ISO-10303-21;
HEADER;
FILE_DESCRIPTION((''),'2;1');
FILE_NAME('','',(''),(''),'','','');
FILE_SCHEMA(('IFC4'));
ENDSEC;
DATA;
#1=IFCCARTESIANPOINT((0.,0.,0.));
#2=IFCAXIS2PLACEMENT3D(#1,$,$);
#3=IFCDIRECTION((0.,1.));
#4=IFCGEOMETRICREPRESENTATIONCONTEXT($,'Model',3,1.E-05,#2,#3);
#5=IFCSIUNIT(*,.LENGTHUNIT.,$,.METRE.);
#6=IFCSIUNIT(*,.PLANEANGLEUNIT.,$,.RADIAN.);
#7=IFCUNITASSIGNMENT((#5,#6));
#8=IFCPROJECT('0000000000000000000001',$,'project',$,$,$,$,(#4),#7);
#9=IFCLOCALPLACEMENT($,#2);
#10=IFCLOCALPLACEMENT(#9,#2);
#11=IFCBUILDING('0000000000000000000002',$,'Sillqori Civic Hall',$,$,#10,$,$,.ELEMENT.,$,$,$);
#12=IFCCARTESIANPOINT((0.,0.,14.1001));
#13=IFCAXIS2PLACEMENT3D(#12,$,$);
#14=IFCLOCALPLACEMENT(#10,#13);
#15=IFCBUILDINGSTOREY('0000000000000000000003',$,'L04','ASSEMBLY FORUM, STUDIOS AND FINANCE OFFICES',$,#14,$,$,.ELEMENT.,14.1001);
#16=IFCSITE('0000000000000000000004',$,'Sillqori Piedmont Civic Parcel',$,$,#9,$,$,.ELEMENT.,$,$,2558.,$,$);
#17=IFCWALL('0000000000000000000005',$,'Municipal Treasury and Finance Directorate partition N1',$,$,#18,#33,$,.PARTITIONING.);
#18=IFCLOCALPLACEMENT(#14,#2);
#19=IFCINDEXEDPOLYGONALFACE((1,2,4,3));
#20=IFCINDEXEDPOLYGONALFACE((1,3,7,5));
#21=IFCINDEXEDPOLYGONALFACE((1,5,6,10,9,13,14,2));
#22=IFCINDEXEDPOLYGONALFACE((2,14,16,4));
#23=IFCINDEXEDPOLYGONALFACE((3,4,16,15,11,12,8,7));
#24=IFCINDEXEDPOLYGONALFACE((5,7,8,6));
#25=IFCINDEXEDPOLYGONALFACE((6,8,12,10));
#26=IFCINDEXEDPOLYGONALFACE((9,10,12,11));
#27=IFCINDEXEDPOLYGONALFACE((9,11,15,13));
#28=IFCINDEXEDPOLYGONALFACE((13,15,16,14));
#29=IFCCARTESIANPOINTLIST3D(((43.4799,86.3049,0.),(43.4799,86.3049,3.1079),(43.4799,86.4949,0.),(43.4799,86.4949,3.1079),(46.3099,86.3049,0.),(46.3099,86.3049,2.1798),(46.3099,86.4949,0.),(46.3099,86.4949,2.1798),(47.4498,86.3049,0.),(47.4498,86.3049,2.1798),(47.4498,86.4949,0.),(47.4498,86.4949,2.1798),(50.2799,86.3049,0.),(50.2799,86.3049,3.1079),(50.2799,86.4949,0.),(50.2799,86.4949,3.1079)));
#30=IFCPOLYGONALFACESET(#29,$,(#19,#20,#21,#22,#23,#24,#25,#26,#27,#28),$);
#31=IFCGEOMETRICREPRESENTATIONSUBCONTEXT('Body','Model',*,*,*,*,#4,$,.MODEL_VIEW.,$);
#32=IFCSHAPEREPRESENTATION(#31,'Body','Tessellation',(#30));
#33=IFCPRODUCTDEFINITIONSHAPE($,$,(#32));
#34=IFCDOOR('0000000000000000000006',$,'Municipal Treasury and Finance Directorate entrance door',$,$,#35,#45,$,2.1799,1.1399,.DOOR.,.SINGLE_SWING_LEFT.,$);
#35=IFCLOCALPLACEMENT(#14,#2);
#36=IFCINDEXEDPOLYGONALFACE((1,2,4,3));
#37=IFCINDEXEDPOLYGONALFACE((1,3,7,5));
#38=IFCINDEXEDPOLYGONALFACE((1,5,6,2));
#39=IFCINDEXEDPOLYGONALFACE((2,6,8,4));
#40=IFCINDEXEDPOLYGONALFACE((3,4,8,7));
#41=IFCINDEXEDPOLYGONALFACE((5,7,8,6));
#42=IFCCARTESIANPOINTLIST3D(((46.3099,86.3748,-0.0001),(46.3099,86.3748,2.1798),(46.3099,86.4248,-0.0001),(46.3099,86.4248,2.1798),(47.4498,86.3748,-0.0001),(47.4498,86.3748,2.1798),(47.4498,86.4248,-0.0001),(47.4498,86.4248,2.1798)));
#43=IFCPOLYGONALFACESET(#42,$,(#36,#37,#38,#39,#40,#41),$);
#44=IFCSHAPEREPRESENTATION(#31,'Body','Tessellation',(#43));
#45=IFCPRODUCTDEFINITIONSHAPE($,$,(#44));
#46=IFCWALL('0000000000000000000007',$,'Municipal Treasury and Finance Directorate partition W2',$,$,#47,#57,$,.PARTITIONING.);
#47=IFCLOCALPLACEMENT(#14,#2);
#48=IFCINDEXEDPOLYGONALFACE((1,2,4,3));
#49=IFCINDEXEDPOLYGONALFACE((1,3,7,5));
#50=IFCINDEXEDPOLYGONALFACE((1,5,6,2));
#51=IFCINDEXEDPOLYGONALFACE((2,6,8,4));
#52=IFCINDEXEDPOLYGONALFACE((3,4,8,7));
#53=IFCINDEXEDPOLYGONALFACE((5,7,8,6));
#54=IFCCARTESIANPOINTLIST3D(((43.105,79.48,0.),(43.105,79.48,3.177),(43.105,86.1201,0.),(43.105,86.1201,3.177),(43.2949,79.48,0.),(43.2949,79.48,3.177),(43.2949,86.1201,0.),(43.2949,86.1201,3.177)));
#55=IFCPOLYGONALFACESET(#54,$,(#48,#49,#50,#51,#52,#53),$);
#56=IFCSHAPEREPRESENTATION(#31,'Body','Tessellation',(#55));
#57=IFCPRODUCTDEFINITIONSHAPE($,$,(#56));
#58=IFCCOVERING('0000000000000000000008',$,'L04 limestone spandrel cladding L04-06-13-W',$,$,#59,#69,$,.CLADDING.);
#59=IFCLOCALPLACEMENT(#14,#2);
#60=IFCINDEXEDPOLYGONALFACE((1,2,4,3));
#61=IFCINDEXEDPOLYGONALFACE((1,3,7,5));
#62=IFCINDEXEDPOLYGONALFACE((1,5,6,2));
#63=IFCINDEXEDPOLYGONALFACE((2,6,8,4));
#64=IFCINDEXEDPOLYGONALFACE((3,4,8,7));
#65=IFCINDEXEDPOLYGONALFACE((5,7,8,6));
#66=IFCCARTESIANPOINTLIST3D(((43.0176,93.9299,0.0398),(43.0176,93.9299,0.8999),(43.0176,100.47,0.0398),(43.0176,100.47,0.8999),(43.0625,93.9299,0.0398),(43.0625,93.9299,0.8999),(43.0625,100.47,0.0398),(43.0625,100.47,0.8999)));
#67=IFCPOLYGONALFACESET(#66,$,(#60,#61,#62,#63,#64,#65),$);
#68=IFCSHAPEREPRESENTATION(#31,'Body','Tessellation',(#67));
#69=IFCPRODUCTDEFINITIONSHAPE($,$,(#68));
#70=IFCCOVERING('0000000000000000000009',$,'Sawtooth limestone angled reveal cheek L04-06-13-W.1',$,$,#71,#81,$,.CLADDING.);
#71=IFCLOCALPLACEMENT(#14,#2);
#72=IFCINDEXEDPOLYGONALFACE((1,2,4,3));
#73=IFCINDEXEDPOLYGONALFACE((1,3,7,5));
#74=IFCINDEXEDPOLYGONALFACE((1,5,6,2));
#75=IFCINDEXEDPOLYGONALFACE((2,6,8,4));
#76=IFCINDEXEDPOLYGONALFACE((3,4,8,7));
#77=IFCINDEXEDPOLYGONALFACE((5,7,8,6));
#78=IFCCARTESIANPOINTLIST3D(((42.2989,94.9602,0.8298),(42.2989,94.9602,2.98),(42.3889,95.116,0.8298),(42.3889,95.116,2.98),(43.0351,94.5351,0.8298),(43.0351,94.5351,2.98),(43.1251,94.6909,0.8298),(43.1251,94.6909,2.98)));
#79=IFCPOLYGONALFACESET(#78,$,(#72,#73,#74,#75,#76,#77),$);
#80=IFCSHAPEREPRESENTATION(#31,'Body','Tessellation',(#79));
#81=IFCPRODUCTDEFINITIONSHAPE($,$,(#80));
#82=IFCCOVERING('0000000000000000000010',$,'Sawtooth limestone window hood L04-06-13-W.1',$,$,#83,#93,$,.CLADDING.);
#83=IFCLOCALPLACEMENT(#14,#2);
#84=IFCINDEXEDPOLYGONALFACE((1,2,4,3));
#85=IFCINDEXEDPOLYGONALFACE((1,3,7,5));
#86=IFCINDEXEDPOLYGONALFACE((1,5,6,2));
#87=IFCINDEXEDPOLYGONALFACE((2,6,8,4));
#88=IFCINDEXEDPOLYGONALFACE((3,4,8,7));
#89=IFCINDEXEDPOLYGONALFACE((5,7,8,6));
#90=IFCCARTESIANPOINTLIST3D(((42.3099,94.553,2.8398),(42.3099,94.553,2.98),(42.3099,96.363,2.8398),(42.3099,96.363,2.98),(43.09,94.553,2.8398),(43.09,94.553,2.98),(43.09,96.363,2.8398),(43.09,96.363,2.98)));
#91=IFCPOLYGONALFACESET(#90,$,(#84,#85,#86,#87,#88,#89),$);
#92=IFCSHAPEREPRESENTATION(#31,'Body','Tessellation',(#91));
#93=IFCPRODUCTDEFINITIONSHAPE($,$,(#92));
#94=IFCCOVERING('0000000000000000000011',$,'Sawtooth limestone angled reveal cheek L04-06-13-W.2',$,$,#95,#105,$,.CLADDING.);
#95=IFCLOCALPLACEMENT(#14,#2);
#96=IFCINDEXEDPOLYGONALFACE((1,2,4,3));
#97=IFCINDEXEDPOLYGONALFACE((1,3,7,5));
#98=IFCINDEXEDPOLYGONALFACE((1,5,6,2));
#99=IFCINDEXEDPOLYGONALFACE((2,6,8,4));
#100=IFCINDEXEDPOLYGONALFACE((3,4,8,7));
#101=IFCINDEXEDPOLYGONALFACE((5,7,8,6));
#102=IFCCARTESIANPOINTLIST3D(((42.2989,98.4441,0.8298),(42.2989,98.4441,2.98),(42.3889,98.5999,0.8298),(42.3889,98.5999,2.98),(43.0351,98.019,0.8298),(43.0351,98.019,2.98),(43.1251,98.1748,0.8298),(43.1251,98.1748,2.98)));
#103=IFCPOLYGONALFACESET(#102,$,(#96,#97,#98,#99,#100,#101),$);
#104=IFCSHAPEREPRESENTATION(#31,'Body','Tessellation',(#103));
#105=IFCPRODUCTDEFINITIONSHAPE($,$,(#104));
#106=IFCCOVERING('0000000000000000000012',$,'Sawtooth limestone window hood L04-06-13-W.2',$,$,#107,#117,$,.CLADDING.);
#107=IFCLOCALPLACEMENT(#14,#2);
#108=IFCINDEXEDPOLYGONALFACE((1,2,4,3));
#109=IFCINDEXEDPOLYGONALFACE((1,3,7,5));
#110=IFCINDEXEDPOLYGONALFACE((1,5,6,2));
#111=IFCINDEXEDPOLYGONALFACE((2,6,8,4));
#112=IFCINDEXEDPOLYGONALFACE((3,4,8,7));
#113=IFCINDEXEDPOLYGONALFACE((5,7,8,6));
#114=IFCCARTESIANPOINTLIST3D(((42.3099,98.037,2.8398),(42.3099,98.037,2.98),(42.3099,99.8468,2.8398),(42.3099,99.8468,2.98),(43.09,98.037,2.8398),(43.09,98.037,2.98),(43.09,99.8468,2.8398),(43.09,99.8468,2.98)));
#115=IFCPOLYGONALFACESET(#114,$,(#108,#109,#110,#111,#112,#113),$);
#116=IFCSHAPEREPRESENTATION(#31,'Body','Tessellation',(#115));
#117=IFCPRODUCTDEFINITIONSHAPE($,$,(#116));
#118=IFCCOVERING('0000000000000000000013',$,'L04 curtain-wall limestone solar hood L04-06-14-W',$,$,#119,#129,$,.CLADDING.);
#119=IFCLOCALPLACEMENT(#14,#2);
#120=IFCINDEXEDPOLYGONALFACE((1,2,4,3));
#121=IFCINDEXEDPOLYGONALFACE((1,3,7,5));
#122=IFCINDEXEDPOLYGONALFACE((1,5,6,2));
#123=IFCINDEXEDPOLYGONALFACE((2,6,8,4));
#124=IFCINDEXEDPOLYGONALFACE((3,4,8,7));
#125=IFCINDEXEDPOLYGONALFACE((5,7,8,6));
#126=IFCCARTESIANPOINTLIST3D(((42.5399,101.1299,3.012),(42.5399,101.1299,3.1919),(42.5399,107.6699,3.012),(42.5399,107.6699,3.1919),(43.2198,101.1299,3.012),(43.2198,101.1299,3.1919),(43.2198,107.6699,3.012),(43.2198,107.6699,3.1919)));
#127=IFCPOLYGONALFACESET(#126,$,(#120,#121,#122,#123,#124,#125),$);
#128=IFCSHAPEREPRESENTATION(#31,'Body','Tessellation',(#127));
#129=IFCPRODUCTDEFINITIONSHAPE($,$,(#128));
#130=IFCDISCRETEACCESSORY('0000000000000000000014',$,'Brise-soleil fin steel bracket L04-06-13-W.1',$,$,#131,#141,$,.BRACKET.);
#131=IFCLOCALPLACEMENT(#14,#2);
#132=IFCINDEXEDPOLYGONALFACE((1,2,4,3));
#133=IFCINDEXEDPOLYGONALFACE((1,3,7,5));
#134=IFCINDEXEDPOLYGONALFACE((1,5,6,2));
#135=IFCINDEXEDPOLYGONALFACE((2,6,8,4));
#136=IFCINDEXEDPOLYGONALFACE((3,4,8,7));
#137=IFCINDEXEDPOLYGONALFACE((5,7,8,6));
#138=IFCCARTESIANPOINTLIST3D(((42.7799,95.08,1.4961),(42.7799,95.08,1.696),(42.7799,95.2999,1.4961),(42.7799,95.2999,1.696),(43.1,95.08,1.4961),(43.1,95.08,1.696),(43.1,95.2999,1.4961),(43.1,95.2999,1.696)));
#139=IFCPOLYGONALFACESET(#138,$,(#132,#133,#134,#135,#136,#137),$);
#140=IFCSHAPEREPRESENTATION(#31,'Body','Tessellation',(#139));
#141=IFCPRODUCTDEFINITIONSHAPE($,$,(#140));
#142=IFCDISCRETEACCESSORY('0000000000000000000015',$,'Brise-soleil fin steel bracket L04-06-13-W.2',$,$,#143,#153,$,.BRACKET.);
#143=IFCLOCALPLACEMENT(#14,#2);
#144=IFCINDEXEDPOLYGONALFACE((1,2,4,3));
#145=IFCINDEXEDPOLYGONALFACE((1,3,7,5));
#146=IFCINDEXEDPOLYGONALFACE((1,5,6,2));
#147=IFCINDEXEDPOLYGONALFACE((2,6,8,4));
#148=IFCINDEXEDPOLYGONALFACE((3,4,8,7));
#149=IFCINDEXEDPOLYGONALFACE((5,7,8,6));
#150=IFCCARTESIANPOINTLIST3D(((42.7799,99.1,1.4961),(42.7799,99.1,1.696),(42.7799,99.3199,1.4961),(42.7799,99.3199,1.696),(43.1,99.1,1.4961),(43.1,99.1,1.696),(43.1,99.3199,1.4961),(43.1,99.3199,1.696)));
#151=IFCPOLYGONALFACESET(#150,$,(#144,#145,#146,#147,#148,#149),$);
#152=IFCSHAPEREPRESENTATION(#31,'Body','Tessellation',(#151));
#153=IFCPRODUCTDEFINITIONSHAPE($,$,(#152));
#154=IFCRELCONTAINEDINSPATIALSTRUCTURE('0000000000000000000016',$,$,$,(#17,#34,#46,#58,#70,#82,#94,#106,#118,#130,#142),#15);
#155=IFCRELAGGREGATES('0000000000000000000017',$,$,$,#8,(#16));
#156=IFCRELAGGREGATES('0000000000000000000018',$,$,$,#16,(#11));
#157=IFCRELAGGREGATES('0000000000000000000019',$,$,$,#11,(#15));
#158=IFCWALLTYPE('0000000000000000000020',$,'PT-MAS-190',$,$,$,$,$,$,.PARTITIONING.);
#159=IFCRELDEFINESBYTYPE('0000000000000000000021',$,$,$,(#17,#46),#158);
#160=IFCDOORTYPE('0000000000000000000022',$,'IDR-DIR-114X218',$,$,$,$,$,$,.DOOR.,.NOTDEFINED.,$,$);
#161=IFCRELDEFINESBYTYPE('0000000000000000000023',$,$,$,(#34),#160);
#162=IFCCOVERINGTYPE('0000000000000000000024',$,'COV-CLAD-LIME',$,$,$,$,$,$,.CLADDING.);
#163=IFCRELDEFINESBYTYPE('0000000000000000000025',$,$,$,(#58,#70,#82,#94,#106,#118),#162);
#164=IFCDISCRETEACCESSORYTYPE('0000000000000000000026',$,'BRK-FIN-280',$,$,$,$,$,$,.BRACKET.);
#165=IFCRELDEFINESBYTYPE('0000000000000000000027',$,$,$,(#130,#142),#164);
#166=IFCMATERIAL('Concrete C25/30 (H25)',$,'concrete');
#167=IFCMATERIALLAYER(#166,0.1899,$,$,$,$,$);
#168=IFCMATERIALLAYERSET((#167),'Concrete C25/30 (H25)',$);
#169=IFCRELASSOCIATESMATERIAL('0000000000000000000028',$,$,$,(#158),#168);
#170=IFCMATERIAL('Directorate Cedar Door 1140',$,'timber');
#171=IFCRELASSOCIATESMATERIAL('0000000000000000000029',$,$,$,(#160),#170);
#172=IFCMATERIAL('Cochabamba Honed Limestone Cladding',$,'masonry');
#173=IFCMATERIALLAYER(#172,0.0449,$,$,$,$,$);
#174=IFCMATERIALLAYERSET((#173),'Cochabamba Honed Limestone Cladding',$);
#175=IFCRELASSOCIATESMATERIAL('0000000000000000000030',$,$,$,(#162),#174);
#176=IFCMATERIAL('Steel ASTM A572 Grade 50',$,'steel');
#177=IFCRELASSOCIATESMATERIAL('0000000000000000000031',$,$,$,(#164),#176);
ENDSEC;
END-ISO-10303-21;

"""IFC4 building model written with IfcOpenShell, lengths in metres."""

from ifc_helpers import new_model, si_unit, direction, frame, frame_2d, origin, origin_2d, place, context, subcontext, project, spatial, rectangle, extrude, material, layer, layer_set, type_object, element, fill, save


model = new_model("IFC4")

# Units and contexts
model_context = context("Model", 3, precision=1e-05, world=origin(), true_north=direction((0.0, 1.0)))
body_context = subcontext(model_context, "Body", "Model", "MODEL_VIEW")
ifc_project = project(units=[si_unit("LENGTHUNIT", "METRE"), si_unit("PLANEANGLEUNIT", "RADIAN")], contexts=[model_context])

# Site, building, storey
site_placement = place(None, origin())
site = spatial("IfcSite", under=ifc_project, at=site_placement, Name="Sillqori Piedmont Civic Parcel", CompositionType="ELEMENT", RefElevation=2558.0)
building_placement = place(site_placement, origin())
building = spatial("IfcBuilding", under=site, at=building_placement, Name="Sillqori Civic Hall", CompositionType="ELEMENT")
storey_placement = place(building_placement, frame((0.0, 0.0, 14.1001)))
storey = spatial("IfcBuildingStorey", under=building, at=storey_placement, Name="L04", Description="ASSEMBLY FORUM, STUDIOS AND FINANCE OFFICES", CompositionType="ELEMENT", Elevation=14.1001)

# Wall, opening, door
ifc_material_1 = material(Name="Concrete C25/30 (H25)", Category="concrete")
ifc_layer_1 = layer(ifc_material_1, 0.1899)
ifc_layer_set_1 = layer_set([ifc_layer_1], Name="Concrete C25/30 (H25)")
wall_type_1 = type_object("IfcWallType", Name="PT-MAS-190", PredefinedType="PARTITIONING", material=ifc_layer_set_1)
wall_1_placement = place(storey_placement, frame((43.48, 86.3999, 0.0), z_axis=(0.0, 0.0, 1.0), x_axis=(1.0, 0.0, 0.0)))
wall_1 = element("IfcWall", 1, at=wall_1_placement, inside=storey, type_object=wall_type_1, Name="Municipal Treasury and Finance Directorate partition N1", PredefinedType="PARTITIONING", context=body_context, shape_type="SweptSolid", body=[
    extrude(rectangle(XDim=6.8, YDim=0.1899, at=frame_2d((3.3999, 0.0))), origin(), (0.0, 0.0, 1.0), 3.1079),
])
opening_1_placement = place(wall_1_placement, frame((2.8301, 0.0, 0.0)))
opening_1 = element("IfcOpeningElement", 2, at=opening_1_placement, cuts=wall_1, PredefinedType="OPENING", context=body_context, shape_type="SweptSolid", body=[
    extrude(rectangle(XDim=1.1399, YDim=2.1799, at=frame_2d((0.5698, 1.0898))), frame((0.0, 0.105, 0.0), z_axis=(0.0, -1.0, 0.0), x_axis=(1.0, 0.0, 0.0)), (0.0, 0.0, 1.0), 0.21),
])
ifc_material_2 = material(Name="Directorate Cedar Door 1140", Category="timber")
door_type = type_object("IfcDoorType", Name="IDR-DIR-114X218", OperationType="NOTDEFINED", PredefinedType="DOOR", material=ifc_material_2)
door_placement = place(opening_1_placement, origin())
door = element("IfcDoor", 3, at=door_placement, inside=storey, type_object=door_type, Name="Municipal Treasury and Finance Directorate entrance door", OperationType="SINGLE_SWING_LEFT", OverallHeight=2.1799, OverallWidth=1.1399, PredefinedType="DOOR", context=body_context, shape_type="SweptSolid", body=[
    extrude(rectangle(XDim=1.1399, YDim=2.1799, at=frame_2d((0.5698, 1.0898))), frame((0.0, 0.0249, 0.0), z_axis=(0.0, -1.0, 0.0), x_axis=(1.0, 0.0, 0.0)), (0.0, 0.0, 1.0), 0.05),
])
fill(opening_1, door)

# Wall
wall_2_placement = place(storey_placement, frame((43.2, 79.48, 0.0), z_axis=(0.0, 0.0, 1.0), x_axis=(0.0, 1.0, 0.0)))
element("IfcWall", 4, at=wall_2_placement, inside=storey, type_object=wall_type_1, Name="Municipal Treasury and Finance Directorate partition W2", PredefinedType="PARTITIONING", context=body_context, shape_type="SweptSolid", body=[
    extrude(rectangle(XDim=6.6401, YDim=0.1899, at=frame_2d((3.3201, 0.0))), origin(), (0.0, 0.0, 1.0), 3.177),
])

# Coverings
ifc_material_3 = material(Name="Cochabamba Honed Limestone Cladding", Category="masonry")
ifc_layer_2 = layer(ifc_material_3, 0.0449)
ifc_layer_set_2 = layer_set([ifc_layer_2], Name="Cochabamba Honed Limestone Cladding")
covering_type = type_object("IfcCoveringType", Name="COV-CLAD-LIME", PredefinedType="CLADDING", material=ifc_layer_set_2)
covering_1_placement = place(storey_placement, frame((43.04, 93.9299, 0.0398), z_axis=(0.0, 0.0, 1.0), x_axis=(0.0, 1.0, 0.0)))
element("IfcCovering", 5, at=covering_1_placement, inside=storey, type_object=covering_type, Name="L04 limestone spandrel cladding L04-06-13-W", PredefinedType="CLADDING", context=body_context, shape_type="SweptSolid", body=[
    extrude(rectangle(XDim=6.54, YDim=0.0449, at=frame_2d((3.27, 0.0))), origin(), (0.0, 0.0, 1.0), 0.8601),
])
covering_2_placement = place(storey_placement, frame((43.0801, 94.613, 0.8298), z_axis=(0.0, 0.0, 1.0), x_axis=(-0.865989, 0.500062, 0.0)))
element("IfcCovering", 6, at=covering_2_placement, inside=storey, type_object=covering_type, Name="Sawtooth limestone angled reveal cheek L04-06-13-W.1", PredefinedType="CLADDING", context=body_context, shape_type="SweptSolid", body=[
    extrude(rectangle(XDim=0.8501, YDim=0.1799, at=frame_2d((0.425, 0.0))), origin(), (0.0, 0.0, 1.0), 2.1501),
])
covering_3_placement = place(storey_placement, frame((42.7, 94.553, 2.8398), z_axis=(0.0, 0.0, 1.0), x_axis=(0.0, 1.0, 0.0)))
element("IfcCovering", 7, at=covering_3_placement, inside=storey, type_object=covering_type, Name="Sawtooth limestone window hood L04-06-13-W.1", PredefinedType="CLADDING", context=body_context, shape_type="SweptSolid", body=[
    extrude(rectangle(XDim=1.8101, YDim=0.78, at=frame_2d((0.905, 0.0))), origin(), (0.0, 0.0, 1.0), 0.1401),
])
covering_4_placement = place(storey_placement, frame((43.0801, 98.0969, 0.8298), z_axis=(0.0, 0.0, 1.0), x_axis=(-0.865989, 0.500062, 0.0)))
element("IfcCovering", 8, at=covering_4_placement, inside=storey, type_object=covering_type, Name="Sawtooth limestone angled reveal cheek L04-06-13-W.2", PredefinedType="CLADDING", context=body_context, shape_type="SweptSolid", body=[
    extrude(rectangle(XDim=0.8501, YDim=0.1799, at=frame_2d((0.425, 0.0))), origin(), (0.0, 0.0, 1.0), 2.1501),
])
covering_5_placement = place(storey_placement, frame((42.7, 98.0371, 2.8398), z_axis=(0.0, 0.0, 1.0), x_axis=(0.0, 1.0, 0.0)))
element("IfcCovering", 9, at=covering_5_placement, inside=storey, type_object=covering_type, Name="Sawtooth limestone window hood L04-06-13-W.2", PredefinedType="CLADDING", context=body_context, shape_type="SweptSolid", body=[
    extrude(rectangle(XDim=1.8098, YDim=0.78, at=frame_2d((0.9048, 0.0))), origin(), (0.0, 0.0, 1.0), 0.1401),
])
covering_6_placement = place(storey_placement, frame((42.8799, 101.1299, 3.012), z_axis=(0.0, 0.0, 1.0), x_axis=(0.0, 1.0, 0.0)))
element("IfcCovering", 10, at=covering_6_placement, inside=storey, type_object=covering_type, Name="L04 curtain-wall limestone solar hood L04-06-14-W", PredefinedType="CLADDING", context=body_context, shape_type="SweptSolid", body=[
    extrude(rectangle(XDim=6.54, YDim=0.6799, at=frame_2d((3.27, 0.0))), origin(), (0.0, 0.0, 1.0), 0.1799),
])

# Discrete accessories
ifc_material_4 = material(Name="Steel ASTM A572 Grade 50", Category="steel")
discrete_accessory_type = type_object("IfcDiscreteAccessoryType", Name="BRK-FIN-280", PredefinedType="BRACKET", material=ifc_material_4)
for number, where, z_axis, x_axis, name in (
    (11, (42.9399, 95.1899, 1.4961), (0.0, 0.0, 1.0), (0.0, 1.0, 0.0), "Brise-soleil fin steel bracket L04-06-13-W.1"),
    (12, (42.9399, 99.21, 1.4961), (0.0, 0.0, 1.0), (0.0, 1.0, 0.0), "Brise-soleil fin steel bracket L04-06-13-W.2"),
):
    element("IfcDiscreteAccessory", number, at=place(storey_placement, frame(where, z_axis=z_axis, x_axis=x_axis)), inside=storey, type_object=discrete_accessory_type, Name=name, PredefinedType="BRACKET", context=body_context, shape_type="SweptSolid", body=[
        extrude(rectangle(XDim=0.22, YDim=0.3201, at=origin_2d()), origin(), (0.0, 0.0, 1.0), 0.2),
    ])

save(model, "model.ifc")
